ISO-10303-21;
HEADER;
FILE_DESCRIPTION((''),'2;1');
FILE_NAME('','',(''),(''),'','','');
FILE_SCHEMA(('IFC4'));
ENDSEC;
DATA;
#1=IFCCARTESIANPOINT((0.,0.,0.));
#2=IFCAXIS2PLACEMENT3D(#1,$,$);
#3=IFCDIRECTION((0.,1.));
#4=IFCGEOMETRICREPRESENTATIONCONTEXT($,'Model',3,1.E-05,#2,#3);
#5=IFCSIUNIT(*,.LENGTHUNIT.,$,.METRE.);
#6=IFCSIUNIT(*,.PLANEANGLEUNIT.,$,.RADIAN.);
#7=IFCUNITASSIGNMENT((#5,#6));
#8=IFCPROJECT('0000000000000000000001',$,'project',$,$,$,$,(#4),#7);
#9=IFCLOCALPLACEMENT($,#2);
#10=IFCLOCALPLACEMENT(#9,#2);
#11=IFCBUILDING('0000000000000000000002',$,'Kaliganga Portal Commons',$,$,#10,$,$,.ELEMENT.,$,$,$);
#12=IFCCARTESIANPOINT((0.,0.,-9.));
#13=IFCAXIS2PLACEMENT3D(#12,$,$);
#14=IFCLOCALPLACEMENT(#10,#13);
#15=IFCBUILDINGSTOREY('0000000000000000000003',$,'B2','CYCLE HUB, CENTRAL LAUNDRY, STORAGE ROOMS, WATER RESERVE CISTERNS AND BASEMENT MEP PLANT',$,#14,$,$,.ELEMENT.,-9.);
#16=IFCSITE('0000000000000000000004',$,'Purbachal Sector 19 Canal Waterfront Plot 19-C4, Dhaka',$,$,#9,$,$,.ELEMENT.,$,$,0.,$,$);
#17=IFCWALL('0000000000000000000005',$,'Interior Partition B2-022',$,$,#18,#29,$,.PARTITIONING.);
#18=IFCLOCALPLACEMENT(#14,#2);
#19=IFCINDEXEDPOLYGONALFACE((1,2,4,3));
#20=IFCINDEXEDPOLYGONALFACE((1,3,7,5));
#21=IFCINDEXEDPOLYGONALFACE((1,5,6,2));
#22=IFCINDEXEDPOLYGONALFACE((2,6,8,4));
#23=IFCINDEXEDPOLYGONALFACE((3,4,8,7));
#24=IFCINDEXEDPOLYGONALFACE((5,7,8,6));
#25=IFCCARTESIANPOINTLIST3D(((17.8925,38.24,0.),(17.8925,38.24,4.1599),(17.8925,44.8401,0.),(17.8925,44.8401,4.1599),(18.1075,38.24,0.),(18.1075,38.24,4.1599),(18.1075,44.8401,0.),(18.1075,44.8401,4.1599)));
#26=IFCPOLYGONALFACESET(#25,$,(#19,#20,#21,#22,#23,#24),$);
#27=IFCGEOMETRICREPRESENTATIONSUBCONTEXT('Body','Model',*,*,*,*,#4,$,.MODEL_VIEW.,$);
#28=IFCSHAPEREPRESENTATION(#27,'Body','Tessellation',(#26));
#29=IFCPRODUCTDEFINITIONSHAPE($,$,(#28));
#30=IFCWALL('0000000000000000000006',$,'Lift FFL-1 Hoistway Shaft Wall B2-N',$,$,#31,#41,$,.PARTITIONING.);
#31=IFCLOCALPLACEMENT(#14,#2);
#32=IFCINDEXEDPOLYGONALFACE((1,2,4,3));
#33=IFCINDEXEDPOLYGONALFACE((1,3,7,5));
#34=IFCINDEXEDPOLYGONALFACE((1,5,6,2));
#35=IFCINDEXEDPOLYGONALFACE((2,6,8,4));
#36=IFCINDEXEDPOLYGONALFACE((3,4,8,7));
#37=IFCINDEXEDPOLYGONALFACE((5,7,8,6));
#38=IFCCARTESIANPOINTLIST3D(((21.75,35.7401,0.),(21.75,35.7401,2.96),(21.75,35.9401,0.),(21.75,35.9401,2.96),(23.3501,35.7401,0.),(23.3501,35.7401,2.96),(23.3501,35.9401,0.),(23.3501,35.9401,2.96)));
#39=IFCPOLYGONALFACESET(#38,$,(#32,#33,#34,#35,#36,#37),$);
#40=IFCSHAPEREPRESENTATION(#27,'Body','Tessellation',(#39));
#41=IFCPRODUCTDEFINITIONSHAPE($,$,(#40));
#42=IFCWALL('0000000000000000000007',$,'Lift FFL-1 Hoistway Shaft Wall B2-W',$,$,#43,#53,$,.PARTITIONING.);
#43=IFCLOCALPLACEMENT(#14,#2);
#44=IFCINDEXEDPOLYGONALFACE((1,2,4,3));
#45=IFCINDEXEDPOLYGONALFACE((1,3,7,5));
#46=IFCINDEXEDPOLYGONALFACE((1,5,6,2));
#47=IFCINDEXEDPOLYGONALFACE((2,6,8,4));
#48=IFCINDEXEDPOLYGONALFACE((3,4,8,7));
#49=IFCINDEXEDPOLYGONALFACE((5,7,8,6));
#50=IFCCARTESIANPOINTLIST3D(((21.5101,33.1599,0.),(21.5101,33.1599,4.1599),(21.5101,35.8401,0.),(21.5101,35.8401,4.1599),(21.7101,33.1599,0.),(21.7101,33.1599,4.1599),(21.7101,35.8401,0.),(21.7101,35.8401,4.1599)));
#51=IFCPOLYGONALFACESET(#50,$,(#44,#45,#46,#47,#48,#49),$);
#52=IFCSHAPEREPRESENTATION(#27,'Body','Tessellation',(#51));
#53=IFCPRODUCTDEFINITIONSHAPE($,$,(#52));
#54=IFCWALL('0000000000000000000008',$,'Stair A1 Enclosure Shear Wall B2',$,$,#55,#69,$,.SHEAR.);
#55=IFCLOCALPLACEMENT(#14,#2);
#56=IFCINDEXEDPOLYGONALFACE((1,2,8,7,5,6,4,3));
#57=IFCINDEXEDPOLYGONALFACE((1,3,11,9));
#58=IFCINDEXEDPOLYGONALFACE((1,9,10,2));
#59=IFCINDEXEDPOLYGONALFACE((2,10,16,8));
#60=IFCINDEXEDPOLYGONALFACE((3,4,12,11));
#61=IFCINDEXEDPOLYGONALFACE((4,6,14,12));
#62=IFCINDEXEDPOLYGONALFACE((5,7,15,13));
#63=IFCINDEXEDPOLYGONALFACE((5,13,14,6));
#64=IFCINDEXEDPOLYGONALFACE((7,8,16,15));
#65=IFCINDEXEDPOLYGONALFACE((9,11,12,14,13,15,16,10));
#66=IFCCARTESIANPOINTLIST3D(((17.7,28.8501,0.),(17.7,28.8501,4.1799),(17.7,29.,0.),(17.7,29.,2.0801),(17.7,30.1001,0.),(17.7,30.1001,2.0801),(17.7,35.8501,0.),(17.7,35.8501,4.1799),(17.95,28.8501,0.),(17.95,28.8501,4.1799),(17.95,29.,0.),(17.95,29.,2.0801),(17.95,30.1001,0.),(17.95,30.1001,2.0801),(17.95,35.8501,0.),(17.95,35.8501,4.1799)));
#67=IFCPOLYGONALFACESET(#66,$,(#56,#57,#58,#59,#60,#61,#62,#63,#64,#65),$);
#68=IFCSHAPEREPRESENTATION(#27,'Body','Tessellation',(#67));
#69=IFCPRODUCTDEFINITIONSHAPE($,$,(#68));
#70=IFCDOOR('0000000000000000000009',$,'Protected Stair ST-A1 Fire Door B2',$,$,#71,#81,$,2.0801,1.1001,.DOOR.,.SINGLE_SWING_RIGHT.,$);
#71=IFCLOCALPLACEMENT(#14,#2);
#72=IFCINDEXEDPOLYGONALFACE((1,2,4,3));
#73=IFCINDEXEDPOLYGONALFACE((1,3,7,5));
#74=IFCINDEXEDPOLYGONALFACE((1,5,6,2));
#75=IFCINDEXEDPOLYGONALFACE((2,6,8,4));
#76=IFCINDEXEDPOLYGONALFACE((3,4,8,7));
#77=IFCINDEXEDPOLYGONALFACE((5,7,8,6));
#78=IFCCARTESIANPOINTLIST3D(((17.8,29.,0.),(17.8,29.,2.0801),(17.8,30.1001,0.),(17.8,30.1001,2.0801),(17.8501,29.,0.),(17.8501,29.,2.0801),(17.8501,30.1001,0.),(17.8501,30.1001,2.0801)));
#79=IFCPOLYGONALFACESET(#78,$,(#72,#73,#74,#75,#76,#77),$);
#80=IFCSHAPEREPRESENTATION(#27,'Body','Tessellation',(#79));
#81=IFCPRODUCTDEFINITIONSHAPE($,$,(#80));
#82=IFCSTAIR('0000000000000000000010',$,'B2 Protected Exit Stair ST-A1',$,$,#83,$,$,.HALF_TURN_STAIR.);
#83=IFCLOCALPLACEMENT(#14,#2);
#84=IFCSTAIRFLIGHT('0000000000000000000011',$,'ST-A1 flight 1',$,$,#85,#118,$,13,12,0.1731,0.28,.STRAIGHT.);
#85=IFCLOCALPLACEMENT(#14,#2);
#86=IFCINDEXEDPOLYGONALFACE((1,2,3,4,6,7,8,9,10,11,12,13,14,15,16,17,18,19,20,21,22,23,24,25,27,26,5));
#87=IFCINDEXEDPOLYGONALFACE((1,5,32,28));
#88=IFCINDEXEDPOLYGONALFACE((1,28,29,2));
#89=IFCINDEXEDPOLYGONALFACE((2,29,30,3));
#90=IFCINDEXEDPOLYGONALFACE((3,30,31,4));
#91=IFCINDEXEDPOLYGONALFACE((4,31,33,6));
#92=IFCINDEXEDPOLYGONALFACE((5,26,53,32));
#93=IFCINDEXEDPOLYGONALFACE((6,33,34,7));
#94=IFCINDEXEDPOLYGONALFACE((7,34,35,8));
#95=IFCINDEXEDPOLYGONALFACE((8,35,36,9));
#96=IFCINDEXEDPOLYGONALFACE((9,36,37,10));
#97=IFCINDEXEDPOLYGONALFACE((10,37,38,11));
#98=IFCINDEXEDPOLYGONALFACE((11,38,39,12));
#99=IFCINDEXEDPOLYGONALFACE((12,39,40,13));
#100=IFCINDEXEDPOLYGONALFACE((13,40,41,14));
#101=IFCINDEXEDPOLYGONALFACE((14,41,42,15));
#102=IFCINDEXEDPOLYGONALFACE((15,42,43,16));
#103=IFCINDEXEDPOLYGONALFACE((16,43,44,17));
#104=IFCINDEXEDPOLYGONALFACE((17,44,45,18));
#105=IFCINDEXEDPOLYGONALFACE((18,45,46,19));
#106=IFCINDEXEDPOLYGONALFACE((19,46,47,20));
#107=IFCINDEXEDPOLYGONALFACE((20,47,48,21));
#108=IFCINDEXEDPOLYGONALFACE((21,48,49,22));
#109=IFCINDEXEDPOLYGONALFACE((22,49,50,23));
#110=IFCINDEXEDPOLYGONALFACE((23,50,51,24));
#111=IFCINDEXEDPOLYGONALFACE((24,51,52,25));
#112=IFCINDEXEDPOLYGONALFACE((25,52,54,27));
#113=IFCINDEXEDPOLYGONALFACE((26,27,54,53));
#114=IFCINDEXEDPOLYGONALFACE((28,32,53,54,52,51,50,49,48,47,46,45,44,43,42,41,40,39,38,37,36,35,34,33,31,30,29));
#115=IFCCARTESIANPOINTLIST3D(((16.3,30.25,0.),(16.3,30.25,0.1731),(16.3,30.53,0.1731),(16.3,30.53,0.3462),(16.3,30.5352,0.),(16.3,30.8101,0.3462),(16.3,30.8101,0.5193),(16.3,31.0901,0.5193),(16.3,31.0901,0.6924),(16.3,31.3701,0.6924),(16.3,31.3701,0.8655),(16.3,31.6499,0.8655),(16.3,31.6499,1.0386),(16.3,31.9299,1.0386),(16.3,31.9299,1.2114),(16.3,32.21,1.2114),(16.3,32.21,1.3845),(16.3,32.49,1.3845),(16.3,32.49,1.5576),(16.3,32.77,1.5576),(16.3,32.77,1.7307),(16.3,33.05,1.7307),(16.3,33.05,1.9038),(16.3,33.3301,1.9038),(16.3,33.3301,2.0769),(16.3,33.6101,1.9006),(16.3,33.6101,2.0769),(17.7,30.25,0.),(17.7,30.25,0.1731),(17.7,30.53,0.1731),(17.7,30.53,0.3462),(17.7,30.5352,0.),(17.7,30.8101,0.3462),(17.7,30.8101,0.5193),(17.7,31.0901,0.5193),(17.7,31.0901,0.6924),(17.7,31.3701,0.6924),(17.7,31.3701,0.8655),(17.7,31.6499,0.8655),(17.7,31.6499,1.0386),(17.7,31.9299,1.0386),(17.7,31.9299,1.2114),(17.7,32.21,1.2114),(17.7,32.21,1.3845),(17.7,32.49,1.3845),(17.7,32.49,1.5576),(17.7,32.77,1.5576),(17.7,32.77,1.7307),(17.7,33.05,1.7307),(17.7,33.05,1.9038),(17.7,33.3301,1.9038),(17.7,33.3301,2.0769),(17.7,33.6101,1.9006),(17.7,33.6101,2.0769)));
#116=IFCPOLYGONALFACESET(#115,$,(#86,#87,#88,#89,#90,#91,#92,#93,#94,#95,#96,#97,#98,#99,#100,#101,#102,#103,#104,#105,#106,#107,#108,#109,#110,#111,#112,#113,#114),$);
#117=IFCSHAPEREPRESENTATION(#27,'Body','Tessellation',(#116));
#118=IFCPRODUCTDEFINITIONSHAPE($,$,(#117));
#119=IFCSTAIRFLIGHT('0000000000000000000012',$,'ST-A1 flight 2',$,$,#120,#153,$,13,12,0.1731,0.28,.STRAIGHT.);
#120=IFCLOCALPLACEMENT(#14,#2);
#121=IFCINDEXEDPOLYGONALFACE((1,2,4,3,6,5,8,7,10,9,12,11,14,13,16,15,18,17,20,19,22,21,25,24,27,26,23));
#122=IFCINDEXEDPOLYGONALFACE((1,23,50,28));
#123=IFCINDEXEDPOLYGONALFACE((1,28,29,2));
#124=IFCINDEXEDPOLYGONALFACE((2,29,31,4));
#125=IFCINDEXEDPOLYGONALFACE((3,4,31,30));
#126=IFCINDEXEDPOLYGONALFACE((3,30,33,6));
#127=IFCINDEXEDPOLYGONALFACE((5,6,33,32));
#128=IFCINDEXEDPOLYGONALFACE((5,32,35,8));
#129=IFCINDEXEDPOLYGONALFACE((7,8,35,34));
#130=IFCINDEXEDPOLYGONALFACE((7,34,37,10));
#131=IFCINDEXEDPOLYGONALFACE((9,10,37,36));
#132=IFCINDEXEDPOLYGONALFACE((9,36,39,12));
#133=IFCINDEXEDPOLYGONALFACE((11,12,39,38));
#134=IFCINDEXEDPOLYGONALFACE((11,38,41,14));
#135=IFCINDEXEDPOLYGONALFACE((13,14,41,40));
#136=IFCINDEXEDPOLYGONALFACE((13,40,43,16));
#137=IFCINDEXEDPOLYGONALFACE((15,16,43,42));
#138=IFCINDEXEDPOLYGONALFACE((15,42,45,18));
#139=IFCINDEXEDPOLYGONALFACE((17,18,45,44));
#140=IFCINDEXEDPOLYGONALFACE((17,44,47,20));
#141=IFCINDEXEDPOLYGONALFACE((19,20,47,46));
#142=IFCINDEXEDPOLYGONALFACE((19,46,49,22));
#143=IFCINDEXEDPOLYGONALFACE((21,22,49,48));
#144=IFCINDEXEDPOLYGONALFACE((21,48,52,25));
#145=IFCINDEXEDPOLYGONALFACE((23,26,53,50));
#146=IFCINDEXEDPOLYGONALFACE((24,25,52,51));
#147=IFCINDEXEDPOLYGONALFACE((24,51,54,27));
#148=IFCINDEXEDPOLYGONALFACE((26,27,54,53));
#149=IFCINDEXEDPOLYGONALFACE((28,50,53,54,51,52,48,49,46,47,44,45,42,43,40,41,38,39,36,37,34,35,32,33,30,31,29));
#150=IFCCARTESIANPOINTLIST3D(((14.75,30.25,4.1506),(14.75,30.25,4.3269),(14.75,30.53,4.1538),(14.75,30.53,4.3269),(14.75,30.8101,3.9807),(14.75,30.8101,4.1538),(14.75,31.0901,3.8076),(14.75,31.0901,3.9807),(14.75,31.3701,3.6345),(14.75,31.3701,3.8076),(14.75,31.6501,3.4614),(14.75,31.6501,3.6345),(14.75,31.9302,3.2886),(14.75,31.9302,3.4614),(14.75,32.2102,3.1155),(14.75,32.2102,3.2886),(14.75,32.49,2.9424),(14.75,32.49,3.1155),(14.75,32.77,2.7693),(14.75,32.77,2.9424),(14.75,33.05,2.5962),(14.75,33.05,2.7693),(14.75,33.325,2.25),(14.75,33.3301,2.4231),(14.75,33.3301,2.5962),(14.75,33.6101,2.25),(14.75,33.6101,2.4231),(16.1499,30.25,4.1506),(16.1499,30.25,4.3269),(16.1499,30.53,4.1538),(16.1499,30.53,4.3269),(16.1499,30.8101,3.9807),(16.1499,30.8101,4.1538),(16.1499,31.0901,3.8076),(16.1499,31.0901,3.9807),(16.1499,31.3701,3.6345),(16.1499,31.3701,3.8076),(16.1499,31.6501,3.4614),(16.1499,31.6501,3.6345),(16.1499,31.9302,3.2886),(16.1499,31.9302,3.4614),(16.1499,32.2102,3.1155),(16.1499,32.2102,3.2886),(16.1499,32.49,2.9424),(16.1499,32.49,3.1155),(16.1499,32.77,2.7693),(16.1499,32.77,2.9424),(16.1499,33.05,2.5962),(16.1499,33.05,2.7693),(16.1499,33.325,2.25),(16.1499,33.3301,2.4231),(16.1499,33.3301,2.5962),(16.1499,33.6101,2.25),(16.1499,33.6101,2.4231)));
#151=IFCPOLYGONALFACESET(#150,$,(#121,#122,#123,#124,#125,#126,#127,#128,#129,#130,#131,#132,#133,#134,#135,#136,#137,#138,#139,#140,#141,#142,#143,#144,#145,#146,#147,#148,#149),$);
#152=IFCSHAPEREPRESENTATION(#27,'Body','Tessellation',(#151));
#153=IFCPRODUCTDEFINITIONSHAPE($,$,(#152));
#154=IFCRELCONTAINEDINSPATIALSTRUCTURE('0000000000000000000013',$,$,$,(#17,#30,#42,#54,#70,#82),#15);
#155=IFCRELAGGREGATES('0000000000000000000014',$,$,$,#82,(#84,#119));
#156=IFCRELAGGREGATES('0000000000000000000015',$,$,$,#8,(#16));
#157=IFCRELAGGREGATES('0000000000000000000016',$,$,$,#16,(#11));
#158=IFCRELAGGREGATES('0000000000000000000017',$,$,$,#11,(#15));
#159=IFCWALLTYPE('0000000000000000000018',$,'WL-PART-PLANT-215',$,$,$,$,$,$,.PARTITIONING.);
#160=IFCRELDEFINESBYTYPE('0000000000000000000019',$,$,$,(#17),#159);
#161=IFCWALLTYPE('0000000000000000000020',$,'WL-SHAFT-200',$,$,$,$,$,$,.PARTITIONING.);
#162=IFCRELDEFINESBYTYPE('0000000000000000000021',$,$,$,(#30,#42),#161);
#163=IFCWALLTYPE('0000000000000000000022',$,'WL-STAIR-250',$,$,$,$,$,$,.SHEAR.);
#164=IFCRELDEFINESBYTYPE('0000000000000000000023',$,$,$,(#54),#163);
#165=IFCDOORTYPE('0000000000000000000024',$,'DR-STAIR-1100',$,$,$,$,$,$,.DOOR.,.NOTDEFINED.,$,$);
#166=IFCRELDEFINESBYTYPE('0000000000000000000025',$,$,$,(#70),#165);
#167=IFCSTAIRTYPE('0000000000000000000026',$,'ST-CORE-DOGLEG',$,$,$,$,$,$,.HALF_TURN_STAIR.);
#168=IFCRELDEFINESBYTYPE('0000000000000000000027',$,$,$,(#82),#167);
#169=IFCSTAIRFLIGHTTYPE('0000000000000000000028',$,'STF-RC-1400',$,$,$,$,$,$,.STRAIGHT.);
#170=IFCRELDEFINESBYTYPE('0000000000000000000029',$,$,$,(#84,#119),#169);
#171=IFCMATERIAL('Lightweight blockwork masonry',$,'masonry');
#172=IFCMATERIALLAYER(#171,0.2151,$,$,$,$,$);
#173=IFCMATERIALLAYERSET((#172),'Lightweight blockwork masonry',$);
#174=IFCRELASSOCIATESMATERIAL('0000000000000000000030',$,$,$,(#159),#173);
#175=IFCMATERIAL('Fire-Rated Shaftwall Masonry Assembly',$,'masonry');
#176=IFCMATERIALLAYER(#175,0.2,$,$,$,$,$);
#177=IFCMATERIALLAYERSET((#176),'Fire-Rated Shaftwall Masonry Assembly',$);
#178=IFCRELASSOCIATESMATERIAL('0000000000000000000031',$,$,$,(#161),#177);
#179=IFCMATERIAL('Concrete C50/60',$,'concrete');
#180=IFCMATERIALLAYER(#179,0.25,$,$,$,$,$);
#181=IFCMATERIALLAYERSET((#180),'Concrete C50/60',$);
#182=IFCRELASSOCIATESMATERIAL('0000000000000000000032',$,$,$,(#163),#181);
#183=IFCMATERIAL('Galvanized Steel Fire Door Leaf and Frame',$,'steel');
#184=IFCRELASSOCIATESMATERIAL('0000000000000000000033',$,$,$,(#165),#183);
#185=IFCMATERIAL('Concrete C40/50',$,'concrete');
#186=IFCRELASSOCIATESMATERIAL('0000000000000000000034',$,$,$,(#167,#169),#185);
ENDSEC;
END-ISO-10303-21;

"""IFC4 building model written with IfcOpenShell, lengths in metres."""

from ifc_helpers import new_model, si_unit, direction, frame, frame_2d, origin, place, context, subcontext, project, spatial, polyline, rectangle, outline, extrude, material, layer, layer_set, type_object, element, fill, aggregate, save


model = new_model("IFC4")

# Units and contexts
model_context = context("Model", 3, precision=1e-05, world=origin(), true_north=direction((0.0, 1.0)))
body_context = subcontext(model_context, "Body", "Model", "MODEL_VIEW")
ifc_project = project(units=[si_unit("LENGTHUNIT", "METRE"), si_unit("PLANEANGLEUNIT", "RADIAN")], contexts=[model_context])

# Site, building, storey
site_placement = place(None, origin())
site = spatial("IfcSite", under=ifc_project, at=site_placement, Name="Purbachal Sector 19 Canal Waterfront Plot 19-C4, Dhaka", CompositionType="ELEMENT", RefElevation=0.0)
building_placement = place(site_placement, origin())
building = spatial("IfcBuilding", under=site, at=building_placement, Name="Kaliganga Portal Commons", CompositionType="ELEMENT")
storey_placement = place(building_placement, frame((0.0, 0.0, -9.0)))
storey = spatial("IfcBuildingStorey", under=building, at=storey_placement, Name="B2", Description="CYCLE HUB, CENTRAL LAUNDRY, STORAGE ROOMS, WATER RESERVE CISTERNS AND BASEMENT MEP PLANT", CompositionType="ELEMENT", Elevation=-9.0)

# Shared definitions
ifc_material_1 = material(Name="Concrete C50/60", Category="concrete")

# Shared definitions
ifc_material_2 = material(Name="Lightweight blockwork masonry", Category="masonry")
ifc_layer_1 = layer(ifc_material_2, 0.2151)
ifc_layer_set_1 = layer_set([ifc_layer_1], Name="Lightweight blockwork masonry")
wall_type_1 = type_object("IfcWallType", Name="WL-PART-PLANT-215", PredefinedType="PARTITIONING", material=ifc_layer_set_1)

# Wall
wall_1_placement = place(storey_placement, frame((18.0, 38.24, 0.0), z_axis=(0.0, 0.0, 1.0), x_axis=(0.0, 1.0, 0.0)))
element("IfcWall", 1, at=wall_1_placement, inside=storey, type_object=wall_type_1, Name="Interior Partition B2-022", PredefinedType="PARTITIONING", context=body_context, shape_type="SweptSolid", body=[
    extrude(rectangle(XDim=6.6001, YDim=0.2151, at=frame_2d((3.3, 0.0))), origin(), (0.0, 0.0, 1.0), 4.1599),
])

# Shared definitions
ifc_material_3 = material(Name="Fire-Rated Shaftwall Masonry Assembly", Category="masonry")
ifc_layer_2 = layer(ifc_material_3, 0.2)
ifc_layer_set_2 = layer_set([ifc_layer_2], Name="Fire-Rated Shaftwall Masonry Assembly")
wall_type_2 = type_object("IfcWallType", Name="WL-SHAFT-200", PredefinedType="PARTITIONING", material=ifc_layer_set_2)

# Walls
wall_2_placement = place(storey_placement, frame((21.75, 35.8401, 0.0), z_axis=(0.0, 0.0, 1.0), x_axis=(1.0, 0.0, 0.0)))
element("IfcWall", 2, at=wall_2_placement, inside=storey, type_object=wall_type_2, Name="Lift FFL-1 Hoistway Shaft Wall B2-N", PredefinedType="PARTITIONING", context=body_context, shape_type="SweptSolid", body=[
    extrude(rectangle(XDim=1.6001, YDim=0.2, at=frame_2d((0.8, 0.0))), origin(), (0.0, 0.0, 1.0), 2.96),
])
wall_3_placement = place(storey_placement, frame((21.6101, 33.1599, 0.0), z_axis=(0.0, 0.0, 1.0), x_axis=(0.0, 1.0, 0.0)))
element("IfcWall", 3, at=wall_3_placement, inside=storey, type_object=wall_type_2, Name="Lift FFL-1 Hoistway Shaft Wall B2-W", PredefinedType="PARTITIONING", context=body_context, shape_type="SweptSolid", body=[
    extrude(rectangle(XDim=2.6802, YDim=0.2, at=frame_2d((1.3401, 0.0))), origin(), (0.0, 0.0, 1.0), 4.1599),
])

# Wall, opening, door
ifc_layer_3 = layer(ifc_material_1, 0.25)
ifc_layer_set_3 = layer_set([ifc_layer_3], Name="Concrete C50/60")
wall_type_3 = type_object("IfcWallType", Name="WL-STAIR-250", PredefinedType="SHEAR", material=ifc_layer_set_3)
wall_4_placement = place(storey_placement, frame((17.825, 28.8501, 0.0), z_axis=(0.0, 0.0, 1.0), x_axis=(0.0, 1.0, 0.0)))
wall_4 = element("IfcWall", 4, at=wall_4_placement, inside=storey, type_object=wall_type_3, Name="Stair A1 Enclosure Shear Wall B2", PredefinedType="SHEAR", context=body_context, shape_type="SweptSolid", body=[
    extrude(rectangle(XDim=7.0, YDim=0.25, at=frame_2d((3.5, 0.0))), origin(), (0.0, 0.0, 1.0), 4.1799),
])
opening_1_placement = place(wall_4_placement, frame((0.1499, 0.0, 0.0)))
opening_1 = element("IfcOpeningElement", 5, at=opening_1_placement, cuts=wall_4, PredefinedType="OPENING", context=body_context, shape_type="SweptSolid", body=[
    extrude(rectangle(XDim=1.1001, YDim=2.0801, at=frame_2d((0.55, 1.04))), frame((0.0, 0.135, 0.0), z_axis=(0.0, -1.0, 0.0), x_axis=(1.0, 0.0, 0.0)), (0.0, 0.0, 1.0), 0.27),
])
ifc_material_4 = material(Name="Galvanized Steel Fire Door Leaf and Frame", Category="steel")
door_type_1 = type_object("IfcDoorType", Name="DR-STAIR-1100", OperationType="NOTDEFINED", PredefinedType="DOOR", material=ifc_material_4)
door_1_placement = place(opening_1_placement, origin())
door_1 = element("IfcDoor", 6, at=door_1_placement, inside=storey, type_object=door_type_1, Name="Protected Stair ST-A1 Fire Door B2", OperationType="SINGLE_SWING_RIGHT", OverallHeight=2.0801, OverallWidth=1.1001, PredefinedType="DOOR", context=body_context, shape_type="SweptSolid", body=[
    extrude(rectangle(XDim=1.1001, YDim=2.0801, at=frame_2d((0.55, 1.04))), frame((0.0, 0.0249, 0.0), z_axis=(0.0, -1.0, 0.0), x_axis=(1.0, 0.0, 0.0)), (0.0, 0.0, 1.0), 0.05),
])
fill(opening_1, door_1)

# Stair, stair flights
ifc_material_5 = material(Name="Concrete C40/50", Category="concrete")
stair_type = type_object("IfcStairType", Name="ST-CORE-DOGLEG", PredefinedType="HALF_TURN_STAIR", material=ifc_material_5)
stair_placement = place(storey_placement, origin())
stair = element("IfcStair", 7, at=stair_placement, inside=storey, type_object=stair_type, Name="B2 Protected Exit Stair ST-A1", PredefinedType="HALF_TURN_STAIR")
stair_flight_type = type_object("IfcStairFlightType", Name="STF-RC-1400", PredefinedType="STRAIGHT", material=ifc_material_5)
stair_flight_1_placement = place(storey_placement, frame((17.0, 30.25, 0.0), z_axis=(0.0, 0.0, 1.0), x_axis=(0.0, 1.0, 0.0)))
stair_flight_1 = element("IfcStairFlight", 8, at=stair_flight_1_placement, type_object=stair_flight_type, Name="ST-A1 flight 1", NumberOfRisers=13, NumberOfTreads=12, PredefinedType="STRAIGHT", RiserHeight=0.1731, TreadLength=0.28, context=body_context, shape_type="SweptSolid", body=[
    extrude(outline(polyline([(0.0, 0.0), (0.0, 0.1731), (0.28, 0.1731), (0.28, 0.3462), (0.5601, 0.3462), (0.5601, 0.5193), (0.8401, 0.5193), (0.8401, 0.6924), (1.1201, 0.6924), (1.1201, 0.8655), (1.3999, 0.8655), (1.3999, 1.0386), (1.6799, 1.0386), (1.6799, 1.2114), (1.96, 1.2114), (1.96, 1.3845), (2.24, 1.3845), (2.24, 1.5576), (2.52, 1.5576), (2.52, 1.7307), (2.8, 1.7307), (2.8, 1.9038), (3.0801, 1.9038), (3.0801, 2.0769), (3.3601, 2.0769), (3.3601, 2.25), (3.3601, 1.9006), (0.2852, 0.0), (0.0, 0.0)])), frame((0.0, 0.7, 0.0), z_axis=(0.0, -1.0, 0.0), x_axis=(1.0, 0.0, 0.0)), (0.0, 0.0, 1.0), 1.3999),
])
stair_flight_2_placement = place(storey_placement, frame((15.45, 33.6101, 2.25), z_axis=(0.0, 0.0, 1.0), x_axis=(0.0, -1.0, 0.0)))
stair_flight_2 = element("IfcStairFlight", 9, at=stair_flight_2_placement, type_object=stair_flight_type, Name="ST-A1 flight 2", NumberOfRisers=13, NumberOfTreads=12, PredefinedType="STRAIGHT", RiserHeight=0.1731, TreadLength=0.28, context=body_context, shape_type="SweptSolid", body=[
    extrude(outline(polyline([(0.0, 0.0), (0.0, 0.1731), (0.28, 0.1731), (0.28, 0.3462), (0.5601, 0.3462), (0.5601, 0.5193), (0.8401, 0.5193), (0.8401, 0.6924), (1.1201, 0.6924), (1.1201, 0.8655), (1.3999, 0.8655), (1.3999, 1.0386), (1.6799, 1.0386), (1.6799, 1.2114), (1.96, 1.2114), (1.96, 1.3845), (2.24, 1.3845), (2.24, 1.5576), (2.52, 1.5576), (2.52, 1.7307), (2.8, 1.7307), (2.8, 1.9038), (3.0801, 1.9038), (3.0801, 2.0769), (3.3601, 2.0769), (3.3601, 2.25), (3.3601, 1.9006), (0.2852, 0.0), (0.0, 0.0)])), frame((0.0, 0.7, 0.0), z_axis=(0.0, -1.0, 0.0), x_axis=(1.0, 0.0, 0.0)), (0.0, 0.0, 1.0), 1.3999),
])
aggregate(stair, [stair_flight_1, stair_flight_2])

save(model, "model.ifc")
